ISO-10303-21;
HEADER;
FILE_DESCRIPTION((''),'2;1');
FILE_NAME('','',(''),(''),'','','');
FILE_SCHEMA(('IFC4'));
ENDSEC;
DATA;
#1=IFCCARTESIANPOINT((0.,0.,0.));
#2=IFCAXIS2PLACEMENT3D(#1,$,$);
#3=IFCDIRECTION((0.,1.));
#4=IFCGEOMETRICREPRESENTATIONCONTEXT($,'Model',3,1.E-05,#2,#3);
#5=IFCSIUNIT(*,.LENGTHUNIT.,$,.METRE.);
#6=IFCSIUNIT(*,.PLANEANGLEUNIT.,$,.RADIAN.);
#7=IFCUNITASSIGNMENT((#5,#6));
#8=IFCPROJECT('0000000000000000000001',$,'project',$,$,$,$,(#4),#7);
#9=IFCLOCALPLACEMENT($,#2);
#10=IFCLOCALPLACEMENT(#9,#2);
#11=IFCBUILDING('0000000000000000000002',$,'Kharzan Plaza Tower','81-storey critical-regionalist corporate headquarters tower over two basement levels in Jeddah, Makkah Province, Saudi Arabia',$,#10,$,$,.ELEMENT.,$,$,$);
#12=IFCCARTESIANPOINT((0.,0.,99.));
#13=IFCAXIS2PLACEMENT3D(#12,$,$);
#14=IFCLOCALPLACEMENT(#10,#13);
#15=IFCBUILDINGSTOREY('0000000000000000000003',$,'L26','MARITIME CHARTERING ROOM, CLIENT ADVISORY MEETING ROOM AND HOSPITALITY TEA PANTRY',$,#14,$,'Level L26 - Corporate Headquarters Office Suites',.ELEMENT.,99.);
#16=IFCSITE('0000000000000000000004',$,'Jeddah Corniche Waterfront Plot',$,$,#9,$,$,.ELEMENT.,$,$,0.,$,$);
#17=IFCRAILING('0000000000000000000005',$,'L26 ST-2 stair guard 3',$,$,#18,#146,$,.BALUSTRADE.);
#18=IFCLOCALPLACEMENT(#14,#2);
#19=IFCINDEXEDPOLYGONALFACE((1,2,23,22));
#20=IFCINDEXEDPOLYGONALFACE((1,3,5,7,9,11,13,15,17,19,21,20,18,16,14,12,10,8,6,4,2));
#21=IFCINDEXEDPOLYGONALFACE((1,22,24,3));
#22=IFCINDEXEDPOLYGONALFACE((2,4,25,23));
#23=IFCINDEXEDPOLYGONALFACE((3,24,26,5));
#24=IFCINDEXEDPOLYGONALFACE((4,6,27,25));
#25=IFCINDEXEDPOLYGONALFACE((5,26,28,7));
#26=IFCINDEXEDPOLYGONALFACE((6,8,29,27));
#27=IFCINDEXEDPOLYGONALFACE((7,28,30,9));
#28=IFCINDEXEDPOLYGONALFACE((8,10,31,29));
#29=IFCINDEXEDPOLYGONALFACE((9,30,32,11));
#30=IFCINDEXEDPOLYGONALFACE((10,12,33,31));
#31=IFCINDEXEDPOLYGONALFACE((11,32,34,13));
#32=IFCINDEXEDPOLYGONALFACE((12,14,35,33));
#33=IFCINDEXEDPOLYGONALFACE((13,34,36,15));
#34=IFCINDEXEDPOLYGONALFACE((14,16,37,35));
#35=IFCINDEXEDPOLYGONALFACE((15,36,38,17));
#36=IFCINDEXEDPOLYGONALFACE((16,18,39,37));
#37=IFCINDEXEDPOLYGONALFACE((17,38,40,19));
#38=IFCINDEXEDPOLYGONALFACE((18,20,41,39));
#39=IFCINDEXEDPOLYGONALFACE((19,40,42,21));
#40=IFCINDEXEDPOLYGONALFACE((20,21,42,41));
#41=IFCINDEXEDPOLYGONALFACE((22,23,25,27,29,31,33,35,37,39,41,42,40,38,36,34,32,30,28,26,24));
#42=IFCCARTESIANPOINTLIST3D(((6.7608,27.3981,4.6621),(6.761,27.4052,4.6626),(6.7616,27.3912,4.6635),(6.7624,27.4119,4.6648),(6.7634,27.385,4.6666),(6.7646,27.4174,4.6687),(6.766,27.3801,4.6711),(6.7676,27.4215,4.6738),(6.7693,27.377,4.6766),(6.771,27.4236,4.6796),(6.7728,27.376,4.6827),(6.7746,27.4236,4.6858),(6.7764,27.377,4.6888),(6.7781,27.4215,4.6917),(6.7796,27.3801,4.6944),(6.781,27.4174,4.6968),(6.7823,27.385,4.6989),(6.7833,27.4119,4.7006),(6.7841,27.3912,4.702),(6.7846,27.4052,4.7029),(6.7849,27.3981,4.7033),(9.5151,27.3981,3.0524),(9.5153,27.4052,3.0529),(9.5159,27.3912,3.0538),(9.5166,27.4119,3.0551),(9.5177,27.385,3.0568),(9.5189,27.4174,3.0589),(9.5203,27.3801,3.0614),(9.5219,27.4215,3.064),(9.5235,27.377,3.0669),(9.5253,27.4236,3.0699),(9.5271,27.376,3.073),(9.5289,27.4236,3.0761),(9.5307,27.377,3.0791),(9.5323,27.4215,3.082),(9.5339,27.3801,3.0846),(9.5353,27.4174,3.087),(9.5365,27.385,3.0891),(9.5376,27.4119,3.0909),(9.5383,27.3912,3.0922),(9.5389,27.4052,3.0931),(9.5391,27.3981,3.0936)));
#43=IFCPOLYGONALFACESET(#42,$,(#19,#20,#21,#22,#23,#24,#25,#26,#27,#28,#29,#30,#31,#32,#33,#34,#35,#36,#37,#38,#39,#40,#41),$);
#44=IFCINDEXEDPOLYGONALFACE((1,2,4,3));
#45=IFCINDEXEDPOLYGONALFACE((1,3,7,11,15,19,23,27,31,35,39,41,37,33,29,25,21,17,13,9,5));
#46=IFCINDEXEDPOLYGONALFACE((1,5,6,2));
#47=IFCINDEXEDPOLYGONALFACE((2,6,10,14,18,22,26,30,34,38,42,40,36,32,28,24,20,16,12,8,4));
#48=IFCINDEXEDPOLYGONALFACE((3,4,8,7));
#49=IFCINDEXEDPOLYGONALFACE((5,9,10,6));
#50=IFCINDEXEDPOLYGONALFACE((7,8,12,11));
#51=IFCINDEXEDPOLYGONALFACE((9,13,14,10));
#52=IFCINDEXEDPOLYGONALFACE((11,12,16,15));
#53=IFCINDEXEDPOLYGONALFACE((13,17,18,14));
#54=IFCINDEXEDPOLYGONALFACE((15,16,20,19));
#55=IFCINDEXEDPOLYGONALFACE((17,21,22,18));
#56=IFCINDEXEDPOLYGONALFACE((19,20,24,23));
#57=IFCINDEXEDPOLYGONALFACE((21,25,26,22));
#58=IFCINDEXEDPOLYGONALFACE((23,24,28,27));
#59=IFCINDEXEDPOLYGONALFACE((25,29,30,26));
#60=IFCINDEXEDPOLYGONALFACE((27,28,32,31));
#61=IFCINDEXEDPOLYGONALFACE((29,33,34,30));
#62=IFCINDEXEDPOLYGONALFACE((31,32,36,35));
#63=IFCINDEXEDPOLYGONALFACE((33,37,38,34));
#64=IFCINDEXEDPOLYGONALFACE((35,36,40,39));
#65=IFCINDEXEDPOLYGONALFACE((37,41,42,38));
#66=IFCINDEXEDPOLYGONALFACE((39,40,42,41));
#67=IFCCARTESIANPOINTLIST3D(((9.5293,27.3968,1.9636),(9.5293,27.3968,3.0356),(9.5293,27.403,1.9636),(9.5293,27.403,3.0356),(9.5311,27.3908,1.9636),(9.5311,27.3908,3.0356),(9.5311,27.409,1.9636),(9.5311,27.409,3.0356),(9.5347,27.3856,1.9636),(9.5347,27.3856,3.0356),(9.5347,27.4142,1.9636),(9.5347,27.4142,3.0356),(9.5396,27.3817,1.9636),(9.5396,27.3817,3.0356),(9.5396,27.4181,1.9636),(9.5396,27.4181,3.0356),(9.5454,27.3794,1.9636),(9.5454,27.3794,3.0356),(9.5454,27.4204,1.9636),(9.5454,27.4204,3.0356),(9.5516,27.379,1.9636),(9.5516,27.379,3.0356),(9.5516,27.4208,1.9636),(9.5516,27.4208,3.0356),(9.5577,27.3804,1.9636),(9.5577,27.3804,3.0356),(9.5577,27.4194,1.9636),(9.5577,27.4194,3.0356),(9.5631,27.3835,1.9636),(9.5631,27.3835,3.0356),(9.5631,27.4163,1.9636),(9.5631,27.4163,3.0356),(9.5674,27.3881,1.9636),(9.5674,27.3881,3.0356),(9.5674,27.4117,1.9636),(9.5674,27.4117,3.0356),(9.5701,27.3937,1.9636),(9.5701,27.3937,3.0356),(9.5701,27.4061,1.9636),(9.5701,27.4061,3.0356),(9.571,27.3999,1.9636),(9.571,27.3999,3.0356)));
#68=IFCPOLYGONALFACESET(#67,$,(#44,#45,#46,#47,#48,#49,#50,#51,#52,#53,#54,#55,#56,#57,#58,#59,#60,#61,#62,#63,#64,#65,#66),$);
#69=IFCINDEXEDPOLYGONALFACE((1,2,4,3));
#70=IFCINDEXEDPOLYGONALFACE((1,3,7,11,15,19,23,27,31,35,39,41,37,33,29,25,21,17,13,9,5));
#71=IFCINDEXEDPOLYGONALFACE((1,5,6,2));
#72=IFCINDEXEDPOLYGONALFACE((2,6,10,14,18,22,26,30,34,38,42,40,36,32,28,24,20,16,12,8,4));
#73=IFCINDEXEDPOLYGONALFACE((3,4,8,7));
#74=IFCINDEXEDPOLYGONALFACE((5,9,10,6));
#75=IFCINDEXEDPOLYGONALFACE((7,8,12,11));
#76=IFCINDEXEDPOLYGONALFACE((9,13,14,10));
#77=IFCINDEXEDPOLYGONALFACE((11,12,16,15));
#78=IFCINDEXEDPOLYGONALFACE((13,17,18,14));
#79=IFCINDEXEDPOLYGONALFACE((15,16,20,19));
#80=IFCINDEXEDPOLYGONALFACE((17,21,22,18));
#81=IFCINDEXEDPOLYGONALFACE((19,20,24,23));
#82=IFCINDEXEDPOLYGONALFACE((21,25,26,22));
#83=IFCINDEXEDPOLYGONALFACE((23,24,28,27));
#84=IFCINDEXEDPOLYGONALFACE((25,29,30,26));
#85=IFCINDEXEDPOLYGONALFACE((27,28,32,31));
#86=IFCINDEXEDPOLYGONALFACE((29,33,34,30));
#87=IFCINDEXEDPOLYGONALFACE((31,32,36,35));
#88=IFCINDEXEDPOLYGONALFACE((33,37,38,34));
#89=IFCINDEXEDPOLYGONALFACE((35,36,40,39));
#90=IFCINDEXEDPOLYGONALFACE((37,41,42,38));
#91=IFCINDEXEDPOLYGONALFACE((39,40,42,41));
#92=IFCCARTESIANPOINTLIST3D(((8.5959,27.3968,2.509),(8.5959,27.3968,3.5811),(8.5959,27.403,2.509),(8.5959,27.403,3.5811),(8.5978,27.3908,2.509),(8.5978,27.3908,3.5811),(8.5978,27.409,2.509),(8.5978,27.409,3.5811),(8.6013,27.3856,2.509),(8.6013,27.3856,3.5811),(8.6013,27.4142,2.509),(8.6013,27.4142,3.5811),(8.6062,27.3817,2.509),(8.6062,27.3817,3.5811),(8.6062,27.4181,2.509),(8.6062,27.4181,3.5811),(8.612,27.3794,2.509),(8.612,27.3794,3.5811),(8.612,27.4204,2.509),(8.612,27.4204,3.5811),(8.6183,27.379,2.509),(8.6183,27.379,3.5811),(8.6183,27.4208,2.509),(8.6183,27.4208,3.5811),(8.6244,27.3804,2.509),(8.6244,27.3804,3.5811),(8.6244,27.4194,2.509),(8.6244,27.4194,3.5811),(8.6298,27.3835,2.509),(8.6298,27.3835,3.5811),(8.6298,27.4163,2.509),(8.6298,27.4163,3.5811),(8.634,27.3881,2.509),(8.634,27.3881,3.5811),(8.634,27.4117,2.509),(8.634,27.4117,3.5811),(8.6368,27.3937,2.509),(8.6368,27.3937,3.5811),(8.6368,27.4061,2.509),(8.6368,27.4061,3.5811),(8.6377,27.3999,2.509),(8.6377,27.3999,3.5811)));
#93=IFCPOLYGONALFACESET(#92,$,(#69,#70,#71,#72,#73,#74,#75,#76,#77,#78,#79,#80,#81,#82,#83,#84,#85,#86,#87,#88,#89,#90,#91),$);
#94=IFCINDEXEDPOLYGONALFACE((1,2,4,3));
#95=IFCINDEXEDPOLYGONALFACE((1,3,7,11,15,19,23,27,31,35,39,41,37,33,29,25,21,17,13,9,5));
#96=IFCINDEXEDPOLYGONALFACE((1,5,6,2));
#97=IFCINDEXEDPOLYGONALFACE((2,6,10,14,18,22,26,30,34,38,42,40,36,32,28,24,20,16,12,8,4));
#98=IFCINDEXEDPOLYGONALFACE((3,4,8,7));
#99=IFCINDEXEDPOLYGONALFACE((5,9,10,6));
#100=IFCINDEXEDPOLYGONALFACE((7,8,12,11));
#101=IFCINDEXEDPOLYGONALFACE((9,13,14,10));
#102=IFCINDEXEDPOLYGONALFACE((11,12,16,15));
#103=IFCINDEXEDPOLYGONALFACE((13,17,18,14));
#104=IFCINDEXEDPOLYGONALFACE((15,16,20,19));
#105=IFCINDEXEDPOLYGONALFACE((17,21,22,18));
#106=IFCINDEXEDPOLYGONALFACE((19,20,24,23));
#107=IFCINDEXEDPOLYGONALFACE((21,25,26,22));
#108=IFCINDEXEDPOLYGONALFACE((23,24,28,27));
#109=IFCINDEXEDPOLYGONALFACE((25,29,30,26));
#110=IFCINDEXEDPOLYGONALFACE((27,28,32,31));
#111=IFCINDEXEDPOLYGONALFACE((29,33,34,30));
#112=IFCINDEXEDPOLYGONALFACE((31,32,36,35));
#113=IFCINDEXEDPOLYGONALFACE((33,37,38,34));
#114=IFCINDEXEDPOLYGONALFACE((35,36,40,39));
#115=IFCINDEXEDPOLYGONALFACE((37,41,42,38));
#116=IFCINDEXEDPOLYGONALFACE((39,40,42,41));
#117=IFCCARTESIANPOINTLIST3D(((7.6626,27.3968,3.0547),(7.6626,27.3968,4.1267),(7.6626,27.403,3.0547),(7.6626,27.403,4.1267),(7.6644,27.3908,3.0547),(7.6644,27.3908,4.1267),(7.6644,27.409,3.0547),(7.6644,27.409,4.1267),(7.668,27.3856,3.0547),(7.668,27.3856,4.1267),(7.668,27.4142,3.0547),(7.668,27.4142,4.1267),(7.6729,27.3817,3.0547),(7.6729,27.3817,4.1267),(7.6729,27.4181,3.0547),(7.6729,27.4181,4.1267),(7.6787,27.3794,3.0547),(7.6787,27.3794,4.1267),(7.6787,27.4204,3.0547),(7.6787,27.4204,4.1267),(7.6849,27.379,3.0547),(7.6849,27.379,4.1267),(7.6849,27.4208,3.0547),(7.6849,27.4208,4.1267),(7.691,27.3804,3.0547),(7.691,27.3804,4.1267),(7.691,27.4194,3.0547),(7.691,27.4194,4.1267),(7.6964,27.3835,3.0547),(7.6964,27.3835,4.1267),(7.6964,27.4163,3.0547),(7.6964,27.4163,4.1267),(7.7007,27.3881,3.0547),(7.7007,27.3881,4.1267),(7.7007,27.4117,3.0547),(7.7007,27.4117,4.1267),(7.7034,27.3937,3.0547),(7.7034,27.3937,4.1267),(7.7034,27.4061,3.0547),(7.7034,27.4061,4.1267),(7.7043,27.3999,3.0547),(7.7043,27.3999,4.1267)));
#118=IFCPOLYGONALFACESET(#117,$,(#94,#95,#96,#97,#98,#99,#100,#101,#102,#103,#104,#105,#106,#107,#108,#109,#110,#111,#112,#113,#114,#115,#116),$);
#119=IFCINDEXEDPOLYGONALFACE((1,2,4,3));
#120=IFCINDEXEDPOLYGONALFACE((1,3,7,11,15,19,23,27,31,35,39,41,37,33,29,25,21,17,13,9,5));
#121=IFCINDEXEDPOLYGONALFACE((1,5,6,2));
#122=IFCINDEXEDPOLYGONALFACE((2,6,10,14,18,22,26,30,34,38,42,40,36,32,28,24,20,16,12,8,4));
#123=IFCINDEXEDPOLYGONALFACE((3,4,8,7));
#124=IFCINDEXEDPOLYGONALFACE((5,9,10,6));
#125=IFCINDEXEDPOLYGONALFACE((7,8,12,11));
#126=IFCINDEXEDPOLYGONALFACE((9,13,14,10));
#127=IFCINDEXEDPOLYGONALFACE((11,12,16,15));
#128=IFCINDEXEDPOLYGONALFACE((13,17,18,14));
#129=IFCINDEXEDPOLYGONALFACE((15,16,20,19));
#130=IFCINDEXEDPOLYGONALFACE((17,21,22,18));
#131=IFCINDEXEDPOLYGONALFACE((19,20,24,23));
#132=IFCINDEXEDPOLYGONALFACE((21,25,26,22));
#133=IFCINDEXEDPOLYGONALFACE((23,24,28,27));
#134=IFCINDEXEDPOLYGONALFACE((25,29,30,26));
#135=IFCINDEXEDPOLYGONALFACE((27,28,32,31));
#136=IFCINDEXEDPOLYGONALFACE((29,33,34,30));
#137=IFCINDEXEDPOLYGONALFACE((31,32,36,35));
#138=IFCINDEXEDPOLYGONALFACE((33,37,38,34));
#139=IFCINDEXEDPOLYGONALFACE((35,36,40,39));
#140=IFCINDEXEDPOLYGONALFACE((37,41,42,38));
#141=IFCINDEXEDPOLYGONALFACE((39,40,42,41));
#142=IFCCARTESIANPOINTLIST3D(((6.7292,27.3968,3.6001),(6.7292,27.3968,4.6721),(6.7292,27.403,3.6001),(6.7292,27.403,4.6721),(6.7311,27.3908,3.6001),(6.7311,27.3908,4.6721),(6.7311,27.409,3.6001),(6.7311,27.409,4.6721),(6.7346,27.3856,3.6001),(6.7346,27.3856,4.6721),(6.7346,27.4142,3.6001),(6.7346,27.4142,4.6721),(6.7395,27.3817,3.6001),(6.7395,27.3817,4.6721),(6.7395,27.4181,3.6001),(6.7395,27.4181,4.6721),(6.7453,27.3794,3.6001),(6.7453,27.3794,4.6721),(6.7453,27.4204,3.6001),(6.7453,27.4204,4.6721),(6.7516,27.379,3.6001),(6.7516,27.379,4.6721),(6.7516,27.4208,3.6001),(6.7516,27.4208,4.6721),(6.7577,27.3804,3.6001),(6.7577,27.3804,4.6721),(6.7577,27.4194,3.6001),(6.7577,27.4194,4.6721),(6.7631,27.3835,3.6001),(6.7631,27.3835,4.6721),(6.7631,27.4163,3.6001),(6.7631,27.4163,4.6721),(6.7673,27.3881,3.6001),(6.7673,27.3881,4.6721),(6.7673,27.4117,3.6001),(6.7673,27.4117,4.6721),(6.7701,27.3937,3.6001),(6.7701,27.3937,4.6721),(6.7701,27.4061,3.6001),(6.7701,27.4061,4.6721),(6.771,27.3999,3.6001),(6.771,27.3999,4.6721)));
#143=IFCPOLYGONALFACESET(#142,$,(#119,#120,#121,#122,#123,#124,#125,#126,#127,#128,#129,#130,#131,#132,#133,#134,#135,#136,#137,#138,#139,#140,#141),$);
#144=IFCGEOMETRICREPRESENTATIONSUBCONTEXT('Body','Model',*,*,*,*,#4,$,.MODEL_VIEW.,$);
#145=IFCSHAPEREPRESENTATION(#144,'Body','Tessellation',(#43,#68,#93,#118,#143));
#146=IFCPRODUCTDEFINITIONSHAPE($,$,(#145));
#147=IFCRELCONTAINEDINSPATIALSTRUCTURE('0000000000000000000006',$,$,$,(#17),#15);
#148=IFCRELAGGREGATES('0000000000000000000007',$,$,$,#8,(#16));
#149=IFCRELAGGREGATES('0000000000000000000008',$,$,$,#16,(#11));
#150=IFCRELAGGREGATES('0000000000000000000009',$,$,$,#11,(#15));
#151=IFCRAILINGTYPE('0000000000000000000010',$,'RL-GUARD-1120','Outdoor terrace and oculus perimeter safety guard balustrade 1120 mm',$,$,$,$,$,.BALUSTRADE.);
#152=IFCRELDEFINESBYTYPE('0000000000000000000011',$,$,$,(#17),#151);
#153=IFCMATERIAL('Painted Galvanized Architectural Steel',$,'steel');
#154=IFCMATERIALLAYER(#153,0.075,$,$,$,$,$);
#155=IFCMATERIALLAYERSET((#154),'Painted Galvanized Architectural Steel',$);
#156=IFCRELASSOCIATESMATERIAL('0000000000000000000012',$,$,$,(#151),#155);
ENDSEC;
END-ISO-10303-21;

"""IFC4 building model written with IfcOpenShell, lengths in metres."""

from ifc_helpers import new_model, si_unit, direction, frame, origin, origin_2d, place, context, subcontext, project, spatial, circle, extrude, source, transform, mapped, material, layer, layer_set, type_object, element, save


model = new_model("IFC4")

# Units and contexts
model_context = context("Model", 3, precision=1e-05, world=origin(), true_north=direction((0.0, 1.0)))
body_context = subcontext(model_context, "Body", "Model", "MODEL_VIEW")
ifc_project = project(units=[si_unit("LENGTHUNIT", "METRE"), si_unit("PLANEANGLEUNIT", "RADIAN")], contexts=[model_context])

# Site, building, storey
site_placement = place(None, origin())
site = spatial("IfcSite", under=ifc_project, at=site_placement, Name="Jeddah Corniche Waterfront Plot", CompositionType="ELEMENT", RefElevation=0.0)
building_placement = place(site_placement, origin())
building = spatial("IfcBuilding", under=site, at=building_placement, Name="Kharzan Plaza Tower", Description="81-storey critical-regionalist corporate headquarters tower over two basement levels in Jeddah, Makkah Province, Saudi Arabia", CompositionType="ELEMENT")
storey_placement = place(building_placement, frame((0.0, 0.0, 99.0)))
storey = spatial("IfcBuildingStorey", under=building, at=storey_placement, Name="L26", Description="MARITIME CHARTERING ROOM, CLIENT ADVISORY MEETING ROOM AND HOSPITALITY TEA PANTRY", LongName="Level L26 - Corporate Headquarters Office Suites", CompositionType="ELEMENT", Elevation=99.0)

# Railing
ifc_material_1 = material(Name="Painted Galvanized Architectural Steel", Category="steel")
ifc_layer_1 = layer(ifc_material_1, 0.075)
ifc_layer_set_1 = layer_set([ifc_layer_1], Name="Painted Galvanized Architectural Steel")
railing_type_1 = type_object("IfcRailingType", Name="RL-GUARD-1120", Description="Outdoor terrace and oculus perimeter safety guard balustrade 1120 mm", PredefinedType="BALUSTRADE", material=ifc_layer_set_1)
shared_shape_1 = source(origin(), body_context, "Body", "SweptSolid", [
    extrude(circle(Radius=0.0239, at=origin_2d()), frame((-0.0229, 0.0, 1.1094), z_axis=(-0.863361, 0.0, 0.504587), x_axis=(0.0, -1.0, 0.0)), (0.0, 0.0, 1.0), 3.1902),
    extrude(circle(Radius=0.021, at=origin_2d()), origin(), (0.0, 0.0, 1.0), 1.072),
    extrude(circle(Radius=0.021, at=origin_2d()), frame((-0.9333, 0.0, 0.5454)), (0.0, 0.0, 1.0), 1.072),
    extrude(circle(Radius=0.021, at=origin_2d()), frame((-1.8667, 0.0, 1.0911)), (0.0, 0.0, 1.0), 1.072),
    extrude(circle(Radius=0.021, at=origin_2d()), frame((-2.8, 0.0, 1.6365)), (0.0, 0.0, 1.0), 1.072),
])
railing_1_placement = place(storey_placement, frame((9.55, 27.3999, 1.9636)))
element("IfcRailing", 1, at=railing_1_placement, inside=storey, type_object=railing_type_1, Name="L26 ST-2 stair guard 3", PredefinedType="BALUSTRADE", context=body_context, shape_type="MappedRepresentation", body=[
    mapped(shared_shape_1, transform((0.0, 0.0, 0.0), x_axis=(1.0, 0.0, 0.0), y_axis=(0.0, 1.0, 0.0), z_axis=(0.0, 0.0, 1.0))),
])

save(model, "model.ifc")
